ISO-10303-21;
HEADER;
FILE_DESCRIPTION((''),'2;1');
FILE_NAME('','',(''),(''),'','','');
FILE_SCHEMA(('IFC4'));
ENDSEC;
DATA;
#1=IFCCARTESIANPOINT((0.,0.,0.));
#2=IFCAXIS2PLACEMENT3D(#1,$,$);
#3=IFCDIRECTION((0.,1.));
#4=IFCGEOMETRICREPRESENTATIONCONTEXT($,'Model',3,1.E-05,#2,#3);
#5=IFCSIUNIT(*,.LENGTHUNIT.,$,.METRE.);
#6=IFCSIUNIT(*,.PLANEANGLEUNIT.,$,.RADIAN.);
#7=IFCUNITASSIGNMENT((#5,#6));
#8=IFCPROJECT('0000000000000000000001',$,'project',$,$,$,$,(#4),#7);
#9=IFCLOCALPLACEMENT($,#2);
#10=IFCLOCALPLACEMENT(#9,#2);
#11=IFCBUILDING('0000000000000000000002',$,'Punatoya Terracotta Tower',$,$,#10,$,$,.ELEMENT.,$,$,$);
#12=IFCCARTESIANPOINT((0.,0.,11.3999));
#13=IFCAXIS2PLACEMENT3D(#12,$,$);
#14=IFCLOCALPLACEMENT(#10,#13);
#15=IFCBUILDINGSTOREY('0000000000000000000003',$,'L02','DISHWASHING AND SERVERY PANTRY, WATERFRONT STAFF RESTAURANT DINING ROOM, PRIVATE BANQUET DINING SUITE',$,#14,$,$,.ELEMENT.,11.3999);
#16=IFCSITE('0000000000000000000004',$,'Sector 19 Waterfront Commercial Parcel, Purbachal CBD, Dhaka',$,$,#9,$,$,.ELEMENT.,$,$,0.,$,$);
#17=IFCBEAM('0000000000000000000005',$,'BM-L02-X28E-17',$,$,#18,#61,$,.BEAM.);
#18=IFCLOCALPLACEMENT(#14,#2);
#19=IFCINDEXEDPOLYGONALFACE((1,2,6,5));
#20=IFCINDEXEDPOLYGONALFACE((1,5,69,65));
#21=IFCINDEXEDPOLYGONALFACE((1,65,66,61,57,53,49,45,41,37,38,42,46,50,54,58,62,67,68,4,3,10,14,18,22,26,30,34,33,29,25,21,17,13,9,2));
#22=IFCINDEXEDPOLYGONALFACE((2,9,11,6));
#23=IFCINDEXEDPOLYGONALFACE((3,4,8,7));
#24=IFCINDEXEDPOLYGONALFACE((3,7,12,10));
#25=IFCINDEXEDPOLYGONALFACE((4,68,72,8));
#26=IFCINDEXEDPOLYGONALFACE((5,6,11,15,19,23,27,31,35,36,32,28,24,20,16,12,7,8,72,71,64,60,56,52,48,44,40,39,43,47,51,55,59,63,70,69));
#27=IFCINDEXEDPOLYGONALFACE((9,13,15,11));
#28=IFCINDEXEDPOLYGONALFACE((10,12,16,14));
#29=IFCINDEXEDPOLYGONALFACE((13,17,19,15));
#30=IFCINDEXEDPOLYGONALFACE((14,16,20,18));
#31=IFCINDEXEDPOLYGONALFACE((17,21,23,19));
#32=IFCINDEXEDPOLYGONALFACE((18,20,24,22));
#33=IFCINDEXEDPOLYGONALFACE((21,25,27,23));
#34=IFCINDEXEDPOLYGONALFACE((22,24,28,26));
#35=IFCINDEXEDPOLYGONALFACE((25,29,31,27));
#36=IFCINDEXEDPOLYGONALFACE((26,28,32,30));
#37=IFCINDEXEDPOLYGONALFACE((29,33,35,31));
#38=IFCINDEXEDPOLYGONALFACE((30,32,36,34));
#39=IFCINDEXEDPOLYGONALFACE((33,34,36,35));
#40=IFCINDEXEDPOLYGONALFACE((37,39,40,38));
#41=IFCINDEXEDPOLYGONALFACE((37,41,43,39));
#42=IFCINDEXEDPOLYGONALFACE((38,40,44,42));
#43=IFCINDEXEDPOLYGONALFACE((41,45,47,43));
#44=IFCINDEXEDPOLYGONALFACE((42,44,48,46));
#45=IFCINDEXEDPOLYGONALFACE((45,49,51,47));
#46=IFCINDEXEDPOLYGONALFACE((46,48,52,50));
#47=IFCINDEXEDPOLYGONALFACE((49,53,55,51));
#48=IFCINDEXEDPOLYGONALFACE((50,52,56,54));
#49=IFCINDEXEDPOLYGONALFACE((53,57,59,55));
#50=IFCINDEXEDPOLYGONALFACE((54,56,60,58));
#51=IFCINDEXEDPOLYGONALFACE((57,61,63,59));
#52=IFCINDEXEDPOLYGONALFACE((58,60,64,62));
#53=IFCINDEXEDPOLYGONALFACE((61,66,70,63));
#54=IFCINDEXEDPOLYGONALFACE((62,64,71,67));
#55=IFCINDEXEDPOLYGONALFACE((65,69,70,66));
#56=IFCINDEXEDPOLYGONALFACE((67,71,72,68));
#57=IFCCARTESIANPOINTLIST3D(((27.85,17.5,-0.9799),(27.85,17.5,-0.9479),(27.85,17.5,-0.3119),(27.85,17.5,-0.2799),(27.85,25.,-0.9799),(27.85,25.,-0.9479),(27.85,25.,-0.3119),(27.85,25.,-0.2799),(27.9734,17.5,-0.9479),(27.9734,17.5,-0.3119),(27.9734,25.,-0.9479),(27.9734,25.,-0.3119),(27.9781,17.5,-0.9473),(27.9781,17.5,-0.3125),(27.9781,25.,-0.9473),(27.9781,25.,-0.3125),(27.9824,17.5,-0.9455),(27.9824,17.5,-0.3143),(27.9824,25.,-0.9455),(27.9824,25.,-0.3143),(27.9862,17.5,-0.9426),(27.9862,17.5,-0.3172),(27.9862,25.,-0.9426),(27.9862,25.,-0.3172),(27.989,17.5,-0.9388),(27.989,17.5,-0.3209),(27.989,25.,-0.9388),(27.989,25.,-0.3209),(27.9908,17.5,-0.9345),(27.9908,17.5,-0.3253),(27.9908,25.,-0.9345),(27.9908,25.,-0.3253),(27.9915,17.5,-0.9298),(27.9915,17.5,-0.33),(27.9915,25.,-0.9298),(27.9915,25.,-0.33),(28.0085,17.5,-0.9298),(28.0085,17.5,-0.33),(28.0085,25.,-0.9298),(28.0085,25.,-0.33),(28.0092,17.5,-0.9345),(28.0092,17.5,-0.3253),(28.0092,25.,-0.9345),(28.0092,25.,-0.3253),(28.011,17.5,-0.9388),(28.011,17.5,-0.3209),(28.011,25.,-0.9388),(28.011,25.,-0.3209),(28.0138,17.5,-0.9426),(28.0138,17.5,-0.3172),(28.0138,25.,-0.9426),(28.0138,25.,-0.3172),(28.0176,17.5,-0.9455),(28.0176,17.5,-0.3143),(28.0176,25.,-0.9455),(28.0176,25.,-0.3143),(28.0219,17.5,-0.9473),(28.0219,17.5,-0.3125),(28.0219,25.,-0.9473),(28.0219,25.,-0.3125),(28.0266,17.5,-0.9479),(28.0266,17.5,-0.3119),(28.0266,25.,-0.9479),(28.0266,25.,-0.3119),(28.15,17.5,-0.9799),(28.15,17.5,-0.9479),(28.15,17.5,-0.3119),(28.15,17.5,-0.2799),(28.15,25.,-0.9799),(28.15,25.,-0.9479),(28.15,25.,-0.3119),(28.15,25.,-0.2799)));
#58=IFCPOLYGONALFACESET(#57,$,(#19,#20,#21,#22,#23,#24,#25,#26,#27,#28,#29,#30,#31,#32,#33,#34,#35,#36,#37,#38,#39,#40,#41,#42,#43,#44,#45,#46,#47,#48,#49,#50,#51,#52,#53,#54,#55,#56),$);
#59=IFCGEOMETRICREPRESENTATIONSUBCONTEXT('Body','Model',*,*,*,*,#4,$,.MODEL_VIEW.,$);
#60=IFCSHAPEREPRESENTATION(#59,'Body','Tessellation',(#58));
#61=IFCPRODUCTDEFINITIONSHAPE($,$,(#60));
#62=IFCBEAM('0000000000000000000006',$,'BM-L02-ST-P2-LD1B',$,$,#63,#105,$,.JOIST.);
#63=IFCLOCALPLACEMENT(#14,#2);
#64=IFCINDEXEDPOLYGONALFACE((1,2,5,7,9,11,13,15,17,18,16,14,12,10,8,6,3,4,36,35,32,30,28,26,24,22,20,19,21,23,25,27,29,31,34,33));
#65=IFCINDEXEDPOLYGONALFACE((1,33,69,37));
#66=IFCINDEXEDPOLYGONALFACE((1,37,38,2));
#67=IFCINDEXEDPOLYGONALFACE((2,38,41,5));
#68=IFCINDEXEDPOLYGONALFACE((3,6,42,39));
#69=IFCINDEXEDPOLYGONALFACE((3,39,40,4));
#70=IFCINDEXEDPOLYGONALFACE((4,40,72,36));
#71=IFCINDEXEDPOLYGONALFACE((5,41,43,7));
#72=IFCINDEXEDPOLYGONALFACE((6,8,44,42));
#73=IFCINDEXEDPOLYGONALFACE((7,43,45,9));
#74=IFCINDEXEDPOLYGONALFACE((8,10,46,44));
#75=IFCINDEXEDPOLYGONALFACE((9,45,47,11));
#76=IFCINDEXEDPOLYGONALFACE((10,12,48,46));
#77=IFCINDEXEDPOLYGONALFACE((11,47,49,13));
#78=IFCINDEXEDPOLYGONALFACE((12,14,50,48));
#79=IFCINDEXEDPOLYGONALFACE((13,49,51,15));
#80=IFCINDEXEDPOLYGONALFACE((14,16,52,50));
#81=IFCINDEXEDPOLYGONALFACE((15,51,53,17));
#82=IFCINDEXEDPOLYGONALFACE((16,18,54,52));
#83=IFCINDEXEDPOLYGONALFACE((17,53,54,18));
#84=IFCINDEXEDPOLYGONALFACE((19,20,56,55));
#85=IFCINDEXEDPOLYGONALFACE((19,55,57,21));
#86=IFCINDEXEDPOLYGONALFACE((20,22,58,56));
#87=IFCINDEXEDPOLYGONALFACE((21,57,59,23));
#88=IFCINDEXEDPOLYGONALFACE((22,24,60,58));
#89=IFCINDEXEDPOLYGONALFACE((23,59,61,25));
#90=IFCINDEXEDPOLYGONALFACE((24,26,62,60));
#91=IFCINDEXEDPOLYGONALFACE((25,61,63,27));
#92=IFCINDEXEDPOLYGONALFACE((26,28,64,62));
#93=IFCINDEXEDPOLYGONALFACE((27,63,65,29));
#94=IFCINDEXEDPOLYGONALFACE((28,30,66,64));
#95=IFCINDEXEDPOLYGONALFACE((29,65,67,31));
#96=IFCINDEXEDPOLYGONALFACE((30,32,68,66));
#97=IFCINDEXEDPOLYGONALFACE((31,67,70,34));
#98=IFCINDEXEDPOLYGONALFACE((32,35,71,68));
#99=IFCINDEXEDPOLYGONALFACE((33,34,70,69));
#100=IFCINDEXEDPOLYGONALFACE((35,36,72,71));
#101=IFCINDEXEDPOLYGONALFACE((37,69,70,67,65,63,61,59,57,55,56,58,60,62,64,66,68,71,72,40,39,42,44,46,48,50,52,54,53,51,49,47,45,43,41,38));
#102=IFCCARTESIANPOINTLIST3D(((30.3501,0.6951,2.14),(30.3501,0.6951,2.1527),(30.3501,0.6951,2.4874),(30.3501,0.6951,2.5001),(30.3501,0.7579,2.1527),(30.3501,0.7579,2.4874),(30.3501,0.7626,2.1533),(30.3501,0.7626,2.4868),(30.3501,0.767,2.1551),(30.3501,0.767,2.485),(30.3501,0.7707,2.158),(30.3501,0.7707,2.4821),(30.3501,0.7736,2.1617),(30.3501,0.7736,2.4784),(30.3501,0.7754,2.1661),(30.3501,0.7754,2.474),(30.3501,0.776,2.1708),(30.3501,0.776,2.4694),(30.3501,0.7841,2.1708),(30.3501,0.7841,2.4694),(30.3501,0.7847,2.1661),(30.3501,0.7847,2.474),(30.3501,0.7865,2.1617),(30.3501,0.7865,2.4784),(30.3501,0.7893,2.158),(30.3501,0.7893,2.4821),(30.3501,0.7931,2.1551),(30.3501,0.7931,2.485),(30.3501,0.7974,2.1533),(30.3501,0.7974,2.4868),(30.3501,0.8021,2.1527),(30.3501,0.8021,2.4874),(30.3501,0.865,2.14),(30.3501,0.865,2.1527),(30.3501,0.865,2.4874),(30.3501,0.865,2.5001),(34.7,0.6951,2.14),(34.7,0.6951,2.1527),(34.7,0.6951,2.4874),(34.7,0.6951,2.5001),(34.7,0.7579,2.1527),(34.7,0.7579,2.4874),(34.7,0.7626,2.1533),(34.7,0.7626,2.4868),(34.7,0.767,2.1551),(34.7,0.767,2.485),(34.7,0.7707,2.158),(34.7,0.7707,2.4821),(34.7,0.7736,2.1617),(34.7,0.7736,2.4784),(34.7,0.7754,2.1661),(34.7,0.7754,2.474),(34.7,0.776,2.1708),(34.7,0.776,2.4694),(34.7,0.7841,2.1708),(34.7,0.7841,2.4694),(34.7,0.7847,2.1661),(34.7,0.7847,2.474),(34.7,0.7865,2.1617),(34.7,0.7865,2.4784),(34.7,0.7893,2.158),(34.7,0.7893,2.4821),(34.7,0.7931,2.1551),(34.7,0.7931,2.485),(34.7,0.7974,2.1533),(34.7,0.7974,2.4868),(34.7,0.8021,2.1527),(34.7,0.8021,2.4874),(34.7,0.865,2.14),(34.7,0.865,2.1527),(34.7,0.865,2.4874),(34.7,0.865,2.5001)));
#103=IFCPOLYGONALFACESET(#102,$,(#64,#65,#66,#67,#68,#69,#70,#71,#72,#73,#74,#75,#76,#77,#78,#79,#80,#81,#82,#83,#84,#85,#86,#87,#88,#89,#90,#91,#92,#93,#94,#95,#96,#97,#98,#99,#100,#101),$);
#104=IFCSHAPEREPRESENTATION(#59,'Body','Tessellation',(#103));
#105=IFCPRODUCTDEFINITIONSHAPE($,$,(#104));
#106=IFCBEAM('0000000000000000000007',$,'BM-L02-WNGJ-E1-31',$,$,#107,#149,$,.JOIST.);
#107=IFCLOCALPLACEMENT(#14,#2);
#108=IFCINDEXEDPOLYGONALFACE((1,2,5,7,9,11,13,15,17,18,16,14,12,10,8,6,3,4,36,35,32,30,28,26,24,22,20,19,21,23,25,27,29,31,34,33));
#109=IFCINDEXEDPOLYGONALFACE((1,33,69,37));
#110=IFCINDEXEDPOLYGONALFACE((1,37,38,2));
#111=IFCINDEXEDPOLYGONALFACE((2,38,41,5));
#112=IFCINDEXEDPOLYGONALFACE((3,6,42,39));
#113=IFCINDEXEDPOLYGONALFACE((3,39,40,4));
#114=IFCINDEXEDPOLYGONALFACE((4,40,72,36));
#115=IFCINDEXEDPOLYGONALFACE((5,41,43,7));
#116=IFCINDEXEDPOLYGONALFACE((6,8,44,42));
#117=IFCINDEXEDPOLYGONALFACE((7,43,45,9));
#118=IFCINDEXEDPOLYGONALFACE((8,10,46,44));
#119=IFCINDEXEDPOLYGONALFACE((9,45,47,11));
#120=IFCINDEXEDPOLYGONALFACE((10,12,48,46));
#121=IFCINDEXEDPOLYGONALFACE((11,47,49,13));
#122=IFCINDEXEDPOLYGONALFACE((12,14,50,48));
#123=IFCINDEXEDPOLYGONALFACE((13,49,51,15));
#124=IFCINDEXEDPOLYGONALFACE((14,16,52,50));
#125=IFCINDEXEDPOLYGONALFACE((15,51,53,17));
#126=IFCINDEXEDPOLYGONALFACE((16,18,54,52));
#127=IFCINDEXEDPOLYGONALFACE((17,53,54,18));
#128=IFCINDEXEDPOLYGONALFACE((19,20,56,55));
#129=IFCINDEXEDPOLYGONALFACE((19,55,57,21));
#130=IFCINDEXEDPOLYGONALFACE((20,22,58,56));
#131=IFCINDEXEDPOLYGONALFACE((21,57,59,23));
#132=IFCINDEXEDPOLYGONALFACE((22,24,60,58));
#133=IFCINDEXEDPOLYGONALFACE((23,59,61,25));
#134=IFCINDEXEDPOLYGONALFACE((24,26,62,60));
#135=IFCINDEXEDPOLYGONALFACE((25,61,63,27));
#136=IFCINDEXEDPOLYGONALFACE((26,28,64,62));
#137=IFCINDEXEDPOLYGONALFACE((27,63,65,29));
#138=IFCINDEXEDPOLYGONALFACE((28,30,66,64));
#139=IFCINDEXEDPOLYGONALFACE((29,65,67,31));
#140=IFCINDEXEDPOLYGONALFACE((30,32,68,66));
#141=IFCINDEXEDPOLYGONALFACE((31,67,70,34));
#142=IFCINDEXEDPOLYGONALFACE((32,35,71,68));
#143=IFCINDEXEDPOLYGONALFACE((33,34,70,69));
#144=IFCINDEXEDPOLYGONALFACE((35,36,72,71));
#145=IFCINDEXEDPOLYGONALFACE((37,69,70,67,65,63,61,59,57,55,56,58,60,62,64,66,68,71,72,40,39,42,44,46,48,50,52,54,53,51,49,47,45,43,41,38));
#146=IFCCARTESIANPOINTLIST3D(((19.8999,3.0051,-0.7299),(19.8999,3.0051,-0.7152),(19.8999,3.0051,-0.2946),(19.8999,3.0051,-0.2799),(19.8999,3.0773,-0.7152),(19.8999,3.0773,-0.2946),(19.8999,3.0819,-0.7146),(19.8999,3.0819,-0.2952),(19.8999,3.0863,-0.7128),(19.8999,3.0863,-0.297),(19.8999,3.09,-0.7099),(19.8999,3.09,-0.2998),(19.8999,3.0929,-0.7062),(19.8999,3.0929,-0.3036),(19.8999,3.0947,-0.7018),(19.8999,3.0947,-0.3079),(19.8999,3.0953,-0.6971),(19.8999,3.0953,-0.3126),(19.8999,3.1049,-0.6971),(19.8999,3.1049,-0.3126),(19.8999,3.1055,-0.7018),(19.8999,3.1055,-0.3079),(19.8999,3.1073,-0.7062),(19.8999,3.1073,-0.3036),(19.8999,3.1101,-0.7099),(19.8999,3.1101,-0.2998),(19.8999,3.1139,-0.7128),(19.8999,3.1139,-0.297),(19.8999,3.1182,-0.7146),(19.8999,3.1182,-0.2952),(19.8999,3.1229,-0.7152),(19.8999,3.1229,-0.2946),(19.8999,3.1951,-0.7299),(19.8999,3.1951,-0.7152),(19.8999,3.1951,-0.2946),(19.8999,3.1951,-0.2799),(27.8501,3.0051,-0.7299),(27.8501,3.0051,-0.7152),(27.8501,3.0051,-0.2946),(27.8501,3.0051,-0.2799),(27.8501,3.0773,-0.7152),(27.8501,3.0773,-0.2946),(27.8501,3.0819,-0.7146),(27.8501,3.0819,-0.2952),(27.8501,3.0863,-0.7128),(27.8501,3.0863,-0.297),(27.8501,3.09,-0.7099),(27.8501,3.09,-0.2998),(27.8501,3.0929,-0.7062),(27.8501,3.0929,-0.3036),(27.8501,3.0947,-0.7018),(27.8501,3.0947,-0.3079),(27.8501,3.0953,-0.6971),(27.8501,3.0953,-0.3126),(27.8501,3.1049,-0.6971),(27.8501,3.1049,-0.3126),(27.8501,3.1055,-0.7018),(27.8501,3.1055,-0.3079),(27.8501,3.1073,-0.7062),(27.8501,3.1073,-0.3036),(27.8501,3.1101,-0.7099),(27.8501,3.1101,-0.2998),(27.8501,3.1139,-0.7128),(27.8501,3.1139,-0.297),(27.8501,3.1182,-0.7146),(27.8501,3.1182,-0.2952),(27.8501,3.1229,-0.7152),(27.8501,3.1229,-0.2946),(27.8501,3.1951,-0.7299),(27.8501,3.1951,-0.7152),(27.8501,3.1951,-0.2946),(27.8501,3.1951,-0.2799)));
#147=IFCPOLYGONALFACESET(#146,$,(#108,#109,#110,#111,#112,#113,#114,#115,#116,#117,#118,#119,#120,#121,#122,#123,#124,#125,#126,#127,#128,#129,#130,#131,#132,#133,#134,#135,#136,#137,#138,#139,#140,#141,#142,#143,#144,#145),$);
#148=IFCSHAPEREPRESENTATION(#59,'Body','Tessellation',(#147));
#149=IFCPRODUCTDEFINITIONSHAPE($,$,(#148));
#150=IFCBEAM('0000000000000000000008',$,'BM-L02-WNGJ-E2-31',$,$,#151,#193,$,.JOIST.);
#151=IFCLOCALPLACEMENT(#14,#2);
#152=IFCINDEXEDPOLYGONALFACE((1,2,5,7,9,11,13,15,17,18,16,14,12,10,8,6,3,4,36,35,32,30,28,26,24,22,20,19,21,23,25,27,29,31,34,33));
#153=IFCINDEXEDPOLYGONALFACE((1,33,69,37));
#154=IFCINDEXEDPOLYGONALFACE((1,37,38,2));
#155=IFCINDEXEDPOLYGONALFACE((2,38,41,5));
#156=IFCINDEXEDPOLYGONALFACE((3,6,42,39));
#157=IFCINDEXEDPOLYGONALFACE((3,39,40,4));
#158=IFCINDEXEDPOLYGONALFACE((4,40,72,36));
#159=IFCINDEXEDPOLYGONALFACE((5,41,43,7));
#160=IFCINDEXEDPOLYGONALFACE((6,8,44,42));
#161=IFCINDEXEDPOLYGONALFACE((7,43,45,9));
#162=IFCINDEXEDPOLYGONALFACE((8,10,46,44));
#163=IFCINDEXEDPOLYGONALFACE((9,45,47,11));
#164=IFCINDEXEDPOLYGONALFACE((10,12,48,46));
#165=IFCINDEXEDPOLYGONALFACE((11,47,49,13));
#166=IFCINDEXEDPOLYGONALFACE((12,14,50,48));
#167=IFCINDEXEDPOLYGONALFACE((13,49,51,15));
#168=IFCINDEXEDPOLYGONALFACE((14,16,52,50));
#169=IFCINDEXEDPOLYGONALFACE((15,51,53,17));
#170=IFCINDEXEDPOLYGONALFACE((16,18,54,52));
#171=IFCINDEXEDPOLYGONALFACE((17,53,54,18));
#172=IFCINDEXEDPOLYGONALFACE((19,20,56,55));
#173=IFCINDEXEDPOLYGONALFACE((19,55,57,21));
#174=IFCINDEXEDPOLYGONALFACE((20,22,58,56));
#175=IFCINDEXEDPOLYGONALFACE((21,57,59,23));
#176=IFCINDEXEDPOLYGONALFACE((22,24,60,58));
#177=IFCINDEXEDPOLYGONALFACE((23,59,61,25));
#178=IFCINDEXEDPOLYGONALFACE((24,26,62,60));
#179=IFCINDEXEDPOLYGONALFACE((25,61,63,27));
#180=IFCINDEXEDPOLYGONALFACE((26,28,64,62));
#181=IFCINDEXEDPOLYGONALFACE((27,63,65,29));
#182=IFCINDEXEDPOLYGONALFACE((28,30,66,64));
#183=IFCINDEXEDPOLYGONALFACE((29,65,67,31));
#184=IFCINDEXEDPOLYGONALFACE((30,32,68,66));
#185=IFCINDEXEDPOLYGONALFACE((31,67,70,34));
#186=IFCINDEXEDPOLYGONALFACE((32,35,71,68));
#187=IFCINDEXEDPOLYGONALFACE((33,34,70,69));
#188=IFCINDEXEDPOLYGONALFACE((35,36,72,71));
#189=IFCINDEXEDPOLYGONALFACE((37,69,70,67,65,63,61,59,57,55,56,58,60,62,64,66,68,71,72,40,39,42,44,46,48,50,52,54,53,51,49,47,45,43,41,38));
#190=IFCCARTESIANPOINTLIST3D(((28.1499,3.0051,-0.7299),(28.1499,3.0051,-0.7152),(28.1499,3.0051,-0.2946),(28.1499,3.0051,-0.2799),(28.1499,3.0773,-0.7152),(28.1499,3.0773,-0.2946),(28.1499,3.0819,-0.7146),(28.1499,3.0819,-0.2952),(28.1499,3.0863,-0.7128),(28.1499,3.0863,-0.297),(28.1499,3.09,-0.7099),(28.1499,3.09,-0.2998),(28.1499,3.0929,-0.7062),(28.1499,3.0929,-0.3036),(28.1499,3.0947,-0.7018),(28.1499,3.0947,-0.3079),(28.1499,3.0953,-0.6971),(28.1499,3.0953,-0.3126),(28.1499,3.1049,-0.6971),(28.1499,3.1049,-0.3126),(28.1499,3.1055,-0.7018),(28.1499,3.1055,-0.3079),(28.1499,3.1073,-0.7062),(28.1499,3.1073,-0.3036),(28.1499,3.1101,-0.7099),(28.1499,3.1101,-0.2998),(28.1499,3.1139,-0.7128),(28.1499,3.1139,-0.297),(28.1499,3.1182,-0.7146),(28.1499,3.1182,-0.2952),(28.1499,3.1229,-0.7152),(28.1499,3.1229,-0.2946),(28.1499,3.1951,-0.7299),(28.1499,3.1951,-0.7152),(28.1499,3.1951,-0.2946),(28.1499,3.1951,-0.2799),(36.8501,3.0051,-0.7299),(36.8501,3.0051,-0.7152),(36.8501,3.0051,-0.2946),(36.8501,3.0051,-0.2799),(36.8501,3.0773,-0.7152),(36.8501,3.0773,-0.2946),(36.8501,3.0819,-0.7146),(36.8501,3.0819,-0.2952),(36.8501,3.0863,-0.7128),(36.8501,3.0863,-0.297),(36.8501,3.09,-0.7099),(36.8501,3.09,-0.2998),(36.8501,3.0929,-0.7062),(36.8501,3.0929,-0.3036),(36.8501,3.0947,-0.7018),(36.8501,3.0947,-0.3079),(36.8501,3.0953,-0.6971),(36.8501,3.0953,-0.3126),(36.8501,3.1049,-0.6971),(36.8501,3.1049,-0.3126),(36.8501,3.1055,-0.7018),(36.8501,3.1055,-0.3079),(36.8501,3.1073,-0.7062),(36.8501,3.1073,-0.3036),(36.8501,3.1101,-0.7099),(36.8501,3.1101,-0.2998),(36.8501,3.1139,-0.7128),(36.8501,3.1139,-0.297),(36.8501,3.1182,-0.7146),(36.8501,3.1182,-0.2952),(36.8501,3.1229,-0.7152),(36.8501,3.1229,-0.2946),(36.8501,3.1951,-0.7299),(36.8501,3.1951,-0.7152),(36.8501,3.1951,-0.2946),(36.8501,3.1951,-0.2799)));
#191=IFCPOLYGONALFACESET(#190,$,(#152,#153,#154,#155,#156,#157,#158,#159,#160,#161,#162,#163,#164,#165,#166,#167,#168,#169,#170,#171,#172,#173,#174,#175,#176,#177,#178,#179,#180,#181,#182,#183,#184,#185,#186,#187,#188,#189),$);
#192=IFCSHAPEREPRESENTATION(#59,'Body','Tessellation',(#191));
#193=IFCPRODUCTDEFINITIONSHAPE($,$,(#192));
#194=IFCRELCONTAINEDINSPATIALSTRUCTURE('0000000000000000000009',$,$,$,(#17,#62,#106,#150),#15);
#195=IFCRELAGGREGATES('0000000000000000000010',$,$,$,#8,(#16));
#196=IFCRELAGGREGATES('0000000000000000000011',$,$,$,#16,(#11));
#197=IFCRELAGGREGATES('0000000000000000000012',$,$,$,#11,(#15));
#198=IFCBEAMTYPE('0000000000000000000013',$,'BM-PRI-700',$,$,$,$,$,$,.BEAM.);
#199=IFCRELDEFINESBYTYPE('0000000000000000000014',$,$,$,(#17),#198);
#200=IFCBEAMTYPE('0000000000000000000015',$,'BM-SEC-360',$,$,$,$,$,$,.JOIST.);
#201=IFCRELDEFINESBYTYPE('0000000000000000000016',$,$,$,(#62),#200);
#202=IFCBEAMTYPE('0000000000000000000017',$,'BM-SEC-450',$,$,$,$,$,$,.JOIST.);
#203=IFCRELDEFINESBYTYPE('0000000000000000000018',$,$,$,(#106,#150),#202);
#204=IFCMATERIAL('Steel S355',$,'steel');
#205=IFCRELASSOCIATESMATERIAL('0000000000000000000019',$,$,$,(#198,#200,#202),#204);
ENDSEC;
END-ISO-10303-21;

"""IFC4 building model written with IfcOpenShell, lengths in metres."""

from ifc_helpers import new_model, si_unit, direction, frame, origin, origin_2d, place, context, subcontext, project, spatial, i_section, extrude, material, material_profile, profile_set, type_object, element, save


model = new_model("IFC4")

# Units and contexts
model_context = context("Model", 3, precision=1e-05, world=origin(), true_north=direction((0.0, 1.0)))
body_context = subcontext(model_context, "Body", "Model", "MODEL_VIEW")
ifc_project = project(units=[si_unit("LENGTHUNIT", "METRE"), si_unit("PLANEANGLEUNIT", "RADIAN")], contexts=[model_context])

# Site, building, storey
site_placement = place(None, origin())
site = spatial("IfcSite", under=ifc_project, at=site_placement, Name="Sector 19 Waterfront Commercial Parcel, Purbachal CBD, Dhaka", CompositionType="ELEMENT", RefElevation=0.0)
building_placement = place(site_placement, origin())
building = spatial("IfcBuilding", under=site, at=building_placement, Name="Punatoya Terracotta Tower", CompositionType="ELEMENT")
storey_placement = place(building_placement, frame((0.0, 0.0, 11.3999)))
storey = spatial("IfcBuildingStorey", under=building, at=storey_placement, Name="L02", Description="DISHWASHING AND SERVERY PANTRY, WATERFRONT STAFF RESTAURANT DINING ROOM, PRIVATE BANQUET DINING SUITE", CompositionType="ELEMENT", Elevation=11.3999)

# Beams
ifc_material_1 = material(Name="Steel S355", Category="steel")
ifc_material_profile_1 = material_profile(ifc_material_1, i_section(OverallWidth=0.3, OverallDepth=0.7, WebThickness=0.0171, FlangeThickness=0.032, FilletRadius=0.0181, at=origin_2d()))
ifc_profile_set_1 = profile_set([ifc_material_profile_1], Name="Steel S355")
beam_type_1 = type_object("IfcBeamType", Name="BM-PRI-700", PredefinedType="BEAM", material=ifc_profile_set_1)
beam_1_placement = place(storey_placement, frame((28.0, 17.5, -0.6299), z_axis=(0.0, 1.0, 0.0), x_axis=(-1.0, 0.0, 0.0)))
element("IfcBeam", 1, at=beam_1_placement, inside=storey, type_object=beam_type_1, Name="BM-L02-X28E-17", PredefinedType="BEAM", context=body_context, shape_type="SweptSolid", body=[
    extrude(i_section(OverallWidth=0.3, OverallDepth=0.7, WebThickness=0.0171, FlangeThickness=0.032, FilletRadius=0.0181, at=origin_2d()), origin(), (0.0, 0.0, 1.0), 7.5),
])
ifc_material_profile_2 = material_profile(ifc_material_1, i_section(OverallWidth=0.1699, OverallDepth=0.3601, WebThickness=0.0081, FlangeThickness=0.0127, FilletRadius=0.0181, at=origin_2d()))
ifc_profile_set_2 = profile_set([ifc_material_profile_2], Name="Steel S355")
beam_type_2 = type_object("IfcBeamType", Name="BM-SEC-360", PredefinedType="JOIST", material=ifc_profile_set_2)
beam_2_placement = place(storey_placement, frame((30.3501, 0.78, 2.3201), z_axis=(1.0, 0.0, 0.0), x_axis=(0.0, 1.0, 0.0)))
element("IfcBeam", 2, at=beam_2_placement, inside=storey, type_object=beam_type_2, Name="BM-L02-ST-P2-LD1B", PredefinedType="JOIST", context=body_context, shape_type="SweptSolid", body=[
    extrude(i_section(OverallWidth=0.1699, OverallDepth=0.3601, WebThickness=0.0081, FlangeThickness=0.0127, FilletRadius=0.0181, at=origin_2d()), origin(), (0.0, 0.0, 1.0), 4.3499),
])
ifc_material_profile_3 = material_profile(ifc_material_1, i_section(OverallWidth=0.1899, OverallDepth=0.45, WebThickness=0.0095, FlangeThickness=0.0146, FilletRadius=0.0181, at=origin_2d()))
ifc_profile_set_3 = profile_set([ifc_material_profile_3], Name="Steel S355")
beam_type_3 = type_object("IfcBeamType", Name="BM-SEC-450", PredefinedType="JOIST", material=ifc_profile_set_3)
beam_3_placement = place(storey_placement, frame((19.8999, 3.1001, -0.5049), z_axis=(1.0, 0.0, 0.0), x_axis=(0.0, 1.0, 0.0)))
element("IfcBeam", 3, at=beam_3_placement, inside=storey, type_object=beam_type_3, Name="BM-L02-WNGJ-E1-31", PredefinedType="JOIST", context=body_context, shape_type="SweptSolid", body=[
    extrude(i_section(OverallWidth=0.1899, OverallDepth=0.45, WebThickness=0.0095, FlangeThickness=0.0146, FilletRadius=0.0181, at=origin_2d()), origin(), (0.0, 0.0, 1.0), 7.9502),
])
beam_4_placement = place(storey_placement, frame((28.1499, 3.1001, -0.5049), z_axis=(1.0, 0.0, 0.0), x_axis=(0.0, 1.0, 0.0)))
element("IfcBeam", 4, at=beam_4_placement, inside=storey, type_object=beam_type_3, Name="BM-L02-WNGJ-E2-31", PredefinedType="JOIST", context=body_context, shape_type="SweptSolid", body=[
    extrude(i_section(OverallWidth=0.1899, OverallDepth=0.45, WebThickness=0.0095, FlangeThickness=0.0146, FilletRadius=0.0181, at=origin_2d()), origin(), (0.0, 0.0, 1.0), 8.7002),
])

save(model, "model.ifc")
